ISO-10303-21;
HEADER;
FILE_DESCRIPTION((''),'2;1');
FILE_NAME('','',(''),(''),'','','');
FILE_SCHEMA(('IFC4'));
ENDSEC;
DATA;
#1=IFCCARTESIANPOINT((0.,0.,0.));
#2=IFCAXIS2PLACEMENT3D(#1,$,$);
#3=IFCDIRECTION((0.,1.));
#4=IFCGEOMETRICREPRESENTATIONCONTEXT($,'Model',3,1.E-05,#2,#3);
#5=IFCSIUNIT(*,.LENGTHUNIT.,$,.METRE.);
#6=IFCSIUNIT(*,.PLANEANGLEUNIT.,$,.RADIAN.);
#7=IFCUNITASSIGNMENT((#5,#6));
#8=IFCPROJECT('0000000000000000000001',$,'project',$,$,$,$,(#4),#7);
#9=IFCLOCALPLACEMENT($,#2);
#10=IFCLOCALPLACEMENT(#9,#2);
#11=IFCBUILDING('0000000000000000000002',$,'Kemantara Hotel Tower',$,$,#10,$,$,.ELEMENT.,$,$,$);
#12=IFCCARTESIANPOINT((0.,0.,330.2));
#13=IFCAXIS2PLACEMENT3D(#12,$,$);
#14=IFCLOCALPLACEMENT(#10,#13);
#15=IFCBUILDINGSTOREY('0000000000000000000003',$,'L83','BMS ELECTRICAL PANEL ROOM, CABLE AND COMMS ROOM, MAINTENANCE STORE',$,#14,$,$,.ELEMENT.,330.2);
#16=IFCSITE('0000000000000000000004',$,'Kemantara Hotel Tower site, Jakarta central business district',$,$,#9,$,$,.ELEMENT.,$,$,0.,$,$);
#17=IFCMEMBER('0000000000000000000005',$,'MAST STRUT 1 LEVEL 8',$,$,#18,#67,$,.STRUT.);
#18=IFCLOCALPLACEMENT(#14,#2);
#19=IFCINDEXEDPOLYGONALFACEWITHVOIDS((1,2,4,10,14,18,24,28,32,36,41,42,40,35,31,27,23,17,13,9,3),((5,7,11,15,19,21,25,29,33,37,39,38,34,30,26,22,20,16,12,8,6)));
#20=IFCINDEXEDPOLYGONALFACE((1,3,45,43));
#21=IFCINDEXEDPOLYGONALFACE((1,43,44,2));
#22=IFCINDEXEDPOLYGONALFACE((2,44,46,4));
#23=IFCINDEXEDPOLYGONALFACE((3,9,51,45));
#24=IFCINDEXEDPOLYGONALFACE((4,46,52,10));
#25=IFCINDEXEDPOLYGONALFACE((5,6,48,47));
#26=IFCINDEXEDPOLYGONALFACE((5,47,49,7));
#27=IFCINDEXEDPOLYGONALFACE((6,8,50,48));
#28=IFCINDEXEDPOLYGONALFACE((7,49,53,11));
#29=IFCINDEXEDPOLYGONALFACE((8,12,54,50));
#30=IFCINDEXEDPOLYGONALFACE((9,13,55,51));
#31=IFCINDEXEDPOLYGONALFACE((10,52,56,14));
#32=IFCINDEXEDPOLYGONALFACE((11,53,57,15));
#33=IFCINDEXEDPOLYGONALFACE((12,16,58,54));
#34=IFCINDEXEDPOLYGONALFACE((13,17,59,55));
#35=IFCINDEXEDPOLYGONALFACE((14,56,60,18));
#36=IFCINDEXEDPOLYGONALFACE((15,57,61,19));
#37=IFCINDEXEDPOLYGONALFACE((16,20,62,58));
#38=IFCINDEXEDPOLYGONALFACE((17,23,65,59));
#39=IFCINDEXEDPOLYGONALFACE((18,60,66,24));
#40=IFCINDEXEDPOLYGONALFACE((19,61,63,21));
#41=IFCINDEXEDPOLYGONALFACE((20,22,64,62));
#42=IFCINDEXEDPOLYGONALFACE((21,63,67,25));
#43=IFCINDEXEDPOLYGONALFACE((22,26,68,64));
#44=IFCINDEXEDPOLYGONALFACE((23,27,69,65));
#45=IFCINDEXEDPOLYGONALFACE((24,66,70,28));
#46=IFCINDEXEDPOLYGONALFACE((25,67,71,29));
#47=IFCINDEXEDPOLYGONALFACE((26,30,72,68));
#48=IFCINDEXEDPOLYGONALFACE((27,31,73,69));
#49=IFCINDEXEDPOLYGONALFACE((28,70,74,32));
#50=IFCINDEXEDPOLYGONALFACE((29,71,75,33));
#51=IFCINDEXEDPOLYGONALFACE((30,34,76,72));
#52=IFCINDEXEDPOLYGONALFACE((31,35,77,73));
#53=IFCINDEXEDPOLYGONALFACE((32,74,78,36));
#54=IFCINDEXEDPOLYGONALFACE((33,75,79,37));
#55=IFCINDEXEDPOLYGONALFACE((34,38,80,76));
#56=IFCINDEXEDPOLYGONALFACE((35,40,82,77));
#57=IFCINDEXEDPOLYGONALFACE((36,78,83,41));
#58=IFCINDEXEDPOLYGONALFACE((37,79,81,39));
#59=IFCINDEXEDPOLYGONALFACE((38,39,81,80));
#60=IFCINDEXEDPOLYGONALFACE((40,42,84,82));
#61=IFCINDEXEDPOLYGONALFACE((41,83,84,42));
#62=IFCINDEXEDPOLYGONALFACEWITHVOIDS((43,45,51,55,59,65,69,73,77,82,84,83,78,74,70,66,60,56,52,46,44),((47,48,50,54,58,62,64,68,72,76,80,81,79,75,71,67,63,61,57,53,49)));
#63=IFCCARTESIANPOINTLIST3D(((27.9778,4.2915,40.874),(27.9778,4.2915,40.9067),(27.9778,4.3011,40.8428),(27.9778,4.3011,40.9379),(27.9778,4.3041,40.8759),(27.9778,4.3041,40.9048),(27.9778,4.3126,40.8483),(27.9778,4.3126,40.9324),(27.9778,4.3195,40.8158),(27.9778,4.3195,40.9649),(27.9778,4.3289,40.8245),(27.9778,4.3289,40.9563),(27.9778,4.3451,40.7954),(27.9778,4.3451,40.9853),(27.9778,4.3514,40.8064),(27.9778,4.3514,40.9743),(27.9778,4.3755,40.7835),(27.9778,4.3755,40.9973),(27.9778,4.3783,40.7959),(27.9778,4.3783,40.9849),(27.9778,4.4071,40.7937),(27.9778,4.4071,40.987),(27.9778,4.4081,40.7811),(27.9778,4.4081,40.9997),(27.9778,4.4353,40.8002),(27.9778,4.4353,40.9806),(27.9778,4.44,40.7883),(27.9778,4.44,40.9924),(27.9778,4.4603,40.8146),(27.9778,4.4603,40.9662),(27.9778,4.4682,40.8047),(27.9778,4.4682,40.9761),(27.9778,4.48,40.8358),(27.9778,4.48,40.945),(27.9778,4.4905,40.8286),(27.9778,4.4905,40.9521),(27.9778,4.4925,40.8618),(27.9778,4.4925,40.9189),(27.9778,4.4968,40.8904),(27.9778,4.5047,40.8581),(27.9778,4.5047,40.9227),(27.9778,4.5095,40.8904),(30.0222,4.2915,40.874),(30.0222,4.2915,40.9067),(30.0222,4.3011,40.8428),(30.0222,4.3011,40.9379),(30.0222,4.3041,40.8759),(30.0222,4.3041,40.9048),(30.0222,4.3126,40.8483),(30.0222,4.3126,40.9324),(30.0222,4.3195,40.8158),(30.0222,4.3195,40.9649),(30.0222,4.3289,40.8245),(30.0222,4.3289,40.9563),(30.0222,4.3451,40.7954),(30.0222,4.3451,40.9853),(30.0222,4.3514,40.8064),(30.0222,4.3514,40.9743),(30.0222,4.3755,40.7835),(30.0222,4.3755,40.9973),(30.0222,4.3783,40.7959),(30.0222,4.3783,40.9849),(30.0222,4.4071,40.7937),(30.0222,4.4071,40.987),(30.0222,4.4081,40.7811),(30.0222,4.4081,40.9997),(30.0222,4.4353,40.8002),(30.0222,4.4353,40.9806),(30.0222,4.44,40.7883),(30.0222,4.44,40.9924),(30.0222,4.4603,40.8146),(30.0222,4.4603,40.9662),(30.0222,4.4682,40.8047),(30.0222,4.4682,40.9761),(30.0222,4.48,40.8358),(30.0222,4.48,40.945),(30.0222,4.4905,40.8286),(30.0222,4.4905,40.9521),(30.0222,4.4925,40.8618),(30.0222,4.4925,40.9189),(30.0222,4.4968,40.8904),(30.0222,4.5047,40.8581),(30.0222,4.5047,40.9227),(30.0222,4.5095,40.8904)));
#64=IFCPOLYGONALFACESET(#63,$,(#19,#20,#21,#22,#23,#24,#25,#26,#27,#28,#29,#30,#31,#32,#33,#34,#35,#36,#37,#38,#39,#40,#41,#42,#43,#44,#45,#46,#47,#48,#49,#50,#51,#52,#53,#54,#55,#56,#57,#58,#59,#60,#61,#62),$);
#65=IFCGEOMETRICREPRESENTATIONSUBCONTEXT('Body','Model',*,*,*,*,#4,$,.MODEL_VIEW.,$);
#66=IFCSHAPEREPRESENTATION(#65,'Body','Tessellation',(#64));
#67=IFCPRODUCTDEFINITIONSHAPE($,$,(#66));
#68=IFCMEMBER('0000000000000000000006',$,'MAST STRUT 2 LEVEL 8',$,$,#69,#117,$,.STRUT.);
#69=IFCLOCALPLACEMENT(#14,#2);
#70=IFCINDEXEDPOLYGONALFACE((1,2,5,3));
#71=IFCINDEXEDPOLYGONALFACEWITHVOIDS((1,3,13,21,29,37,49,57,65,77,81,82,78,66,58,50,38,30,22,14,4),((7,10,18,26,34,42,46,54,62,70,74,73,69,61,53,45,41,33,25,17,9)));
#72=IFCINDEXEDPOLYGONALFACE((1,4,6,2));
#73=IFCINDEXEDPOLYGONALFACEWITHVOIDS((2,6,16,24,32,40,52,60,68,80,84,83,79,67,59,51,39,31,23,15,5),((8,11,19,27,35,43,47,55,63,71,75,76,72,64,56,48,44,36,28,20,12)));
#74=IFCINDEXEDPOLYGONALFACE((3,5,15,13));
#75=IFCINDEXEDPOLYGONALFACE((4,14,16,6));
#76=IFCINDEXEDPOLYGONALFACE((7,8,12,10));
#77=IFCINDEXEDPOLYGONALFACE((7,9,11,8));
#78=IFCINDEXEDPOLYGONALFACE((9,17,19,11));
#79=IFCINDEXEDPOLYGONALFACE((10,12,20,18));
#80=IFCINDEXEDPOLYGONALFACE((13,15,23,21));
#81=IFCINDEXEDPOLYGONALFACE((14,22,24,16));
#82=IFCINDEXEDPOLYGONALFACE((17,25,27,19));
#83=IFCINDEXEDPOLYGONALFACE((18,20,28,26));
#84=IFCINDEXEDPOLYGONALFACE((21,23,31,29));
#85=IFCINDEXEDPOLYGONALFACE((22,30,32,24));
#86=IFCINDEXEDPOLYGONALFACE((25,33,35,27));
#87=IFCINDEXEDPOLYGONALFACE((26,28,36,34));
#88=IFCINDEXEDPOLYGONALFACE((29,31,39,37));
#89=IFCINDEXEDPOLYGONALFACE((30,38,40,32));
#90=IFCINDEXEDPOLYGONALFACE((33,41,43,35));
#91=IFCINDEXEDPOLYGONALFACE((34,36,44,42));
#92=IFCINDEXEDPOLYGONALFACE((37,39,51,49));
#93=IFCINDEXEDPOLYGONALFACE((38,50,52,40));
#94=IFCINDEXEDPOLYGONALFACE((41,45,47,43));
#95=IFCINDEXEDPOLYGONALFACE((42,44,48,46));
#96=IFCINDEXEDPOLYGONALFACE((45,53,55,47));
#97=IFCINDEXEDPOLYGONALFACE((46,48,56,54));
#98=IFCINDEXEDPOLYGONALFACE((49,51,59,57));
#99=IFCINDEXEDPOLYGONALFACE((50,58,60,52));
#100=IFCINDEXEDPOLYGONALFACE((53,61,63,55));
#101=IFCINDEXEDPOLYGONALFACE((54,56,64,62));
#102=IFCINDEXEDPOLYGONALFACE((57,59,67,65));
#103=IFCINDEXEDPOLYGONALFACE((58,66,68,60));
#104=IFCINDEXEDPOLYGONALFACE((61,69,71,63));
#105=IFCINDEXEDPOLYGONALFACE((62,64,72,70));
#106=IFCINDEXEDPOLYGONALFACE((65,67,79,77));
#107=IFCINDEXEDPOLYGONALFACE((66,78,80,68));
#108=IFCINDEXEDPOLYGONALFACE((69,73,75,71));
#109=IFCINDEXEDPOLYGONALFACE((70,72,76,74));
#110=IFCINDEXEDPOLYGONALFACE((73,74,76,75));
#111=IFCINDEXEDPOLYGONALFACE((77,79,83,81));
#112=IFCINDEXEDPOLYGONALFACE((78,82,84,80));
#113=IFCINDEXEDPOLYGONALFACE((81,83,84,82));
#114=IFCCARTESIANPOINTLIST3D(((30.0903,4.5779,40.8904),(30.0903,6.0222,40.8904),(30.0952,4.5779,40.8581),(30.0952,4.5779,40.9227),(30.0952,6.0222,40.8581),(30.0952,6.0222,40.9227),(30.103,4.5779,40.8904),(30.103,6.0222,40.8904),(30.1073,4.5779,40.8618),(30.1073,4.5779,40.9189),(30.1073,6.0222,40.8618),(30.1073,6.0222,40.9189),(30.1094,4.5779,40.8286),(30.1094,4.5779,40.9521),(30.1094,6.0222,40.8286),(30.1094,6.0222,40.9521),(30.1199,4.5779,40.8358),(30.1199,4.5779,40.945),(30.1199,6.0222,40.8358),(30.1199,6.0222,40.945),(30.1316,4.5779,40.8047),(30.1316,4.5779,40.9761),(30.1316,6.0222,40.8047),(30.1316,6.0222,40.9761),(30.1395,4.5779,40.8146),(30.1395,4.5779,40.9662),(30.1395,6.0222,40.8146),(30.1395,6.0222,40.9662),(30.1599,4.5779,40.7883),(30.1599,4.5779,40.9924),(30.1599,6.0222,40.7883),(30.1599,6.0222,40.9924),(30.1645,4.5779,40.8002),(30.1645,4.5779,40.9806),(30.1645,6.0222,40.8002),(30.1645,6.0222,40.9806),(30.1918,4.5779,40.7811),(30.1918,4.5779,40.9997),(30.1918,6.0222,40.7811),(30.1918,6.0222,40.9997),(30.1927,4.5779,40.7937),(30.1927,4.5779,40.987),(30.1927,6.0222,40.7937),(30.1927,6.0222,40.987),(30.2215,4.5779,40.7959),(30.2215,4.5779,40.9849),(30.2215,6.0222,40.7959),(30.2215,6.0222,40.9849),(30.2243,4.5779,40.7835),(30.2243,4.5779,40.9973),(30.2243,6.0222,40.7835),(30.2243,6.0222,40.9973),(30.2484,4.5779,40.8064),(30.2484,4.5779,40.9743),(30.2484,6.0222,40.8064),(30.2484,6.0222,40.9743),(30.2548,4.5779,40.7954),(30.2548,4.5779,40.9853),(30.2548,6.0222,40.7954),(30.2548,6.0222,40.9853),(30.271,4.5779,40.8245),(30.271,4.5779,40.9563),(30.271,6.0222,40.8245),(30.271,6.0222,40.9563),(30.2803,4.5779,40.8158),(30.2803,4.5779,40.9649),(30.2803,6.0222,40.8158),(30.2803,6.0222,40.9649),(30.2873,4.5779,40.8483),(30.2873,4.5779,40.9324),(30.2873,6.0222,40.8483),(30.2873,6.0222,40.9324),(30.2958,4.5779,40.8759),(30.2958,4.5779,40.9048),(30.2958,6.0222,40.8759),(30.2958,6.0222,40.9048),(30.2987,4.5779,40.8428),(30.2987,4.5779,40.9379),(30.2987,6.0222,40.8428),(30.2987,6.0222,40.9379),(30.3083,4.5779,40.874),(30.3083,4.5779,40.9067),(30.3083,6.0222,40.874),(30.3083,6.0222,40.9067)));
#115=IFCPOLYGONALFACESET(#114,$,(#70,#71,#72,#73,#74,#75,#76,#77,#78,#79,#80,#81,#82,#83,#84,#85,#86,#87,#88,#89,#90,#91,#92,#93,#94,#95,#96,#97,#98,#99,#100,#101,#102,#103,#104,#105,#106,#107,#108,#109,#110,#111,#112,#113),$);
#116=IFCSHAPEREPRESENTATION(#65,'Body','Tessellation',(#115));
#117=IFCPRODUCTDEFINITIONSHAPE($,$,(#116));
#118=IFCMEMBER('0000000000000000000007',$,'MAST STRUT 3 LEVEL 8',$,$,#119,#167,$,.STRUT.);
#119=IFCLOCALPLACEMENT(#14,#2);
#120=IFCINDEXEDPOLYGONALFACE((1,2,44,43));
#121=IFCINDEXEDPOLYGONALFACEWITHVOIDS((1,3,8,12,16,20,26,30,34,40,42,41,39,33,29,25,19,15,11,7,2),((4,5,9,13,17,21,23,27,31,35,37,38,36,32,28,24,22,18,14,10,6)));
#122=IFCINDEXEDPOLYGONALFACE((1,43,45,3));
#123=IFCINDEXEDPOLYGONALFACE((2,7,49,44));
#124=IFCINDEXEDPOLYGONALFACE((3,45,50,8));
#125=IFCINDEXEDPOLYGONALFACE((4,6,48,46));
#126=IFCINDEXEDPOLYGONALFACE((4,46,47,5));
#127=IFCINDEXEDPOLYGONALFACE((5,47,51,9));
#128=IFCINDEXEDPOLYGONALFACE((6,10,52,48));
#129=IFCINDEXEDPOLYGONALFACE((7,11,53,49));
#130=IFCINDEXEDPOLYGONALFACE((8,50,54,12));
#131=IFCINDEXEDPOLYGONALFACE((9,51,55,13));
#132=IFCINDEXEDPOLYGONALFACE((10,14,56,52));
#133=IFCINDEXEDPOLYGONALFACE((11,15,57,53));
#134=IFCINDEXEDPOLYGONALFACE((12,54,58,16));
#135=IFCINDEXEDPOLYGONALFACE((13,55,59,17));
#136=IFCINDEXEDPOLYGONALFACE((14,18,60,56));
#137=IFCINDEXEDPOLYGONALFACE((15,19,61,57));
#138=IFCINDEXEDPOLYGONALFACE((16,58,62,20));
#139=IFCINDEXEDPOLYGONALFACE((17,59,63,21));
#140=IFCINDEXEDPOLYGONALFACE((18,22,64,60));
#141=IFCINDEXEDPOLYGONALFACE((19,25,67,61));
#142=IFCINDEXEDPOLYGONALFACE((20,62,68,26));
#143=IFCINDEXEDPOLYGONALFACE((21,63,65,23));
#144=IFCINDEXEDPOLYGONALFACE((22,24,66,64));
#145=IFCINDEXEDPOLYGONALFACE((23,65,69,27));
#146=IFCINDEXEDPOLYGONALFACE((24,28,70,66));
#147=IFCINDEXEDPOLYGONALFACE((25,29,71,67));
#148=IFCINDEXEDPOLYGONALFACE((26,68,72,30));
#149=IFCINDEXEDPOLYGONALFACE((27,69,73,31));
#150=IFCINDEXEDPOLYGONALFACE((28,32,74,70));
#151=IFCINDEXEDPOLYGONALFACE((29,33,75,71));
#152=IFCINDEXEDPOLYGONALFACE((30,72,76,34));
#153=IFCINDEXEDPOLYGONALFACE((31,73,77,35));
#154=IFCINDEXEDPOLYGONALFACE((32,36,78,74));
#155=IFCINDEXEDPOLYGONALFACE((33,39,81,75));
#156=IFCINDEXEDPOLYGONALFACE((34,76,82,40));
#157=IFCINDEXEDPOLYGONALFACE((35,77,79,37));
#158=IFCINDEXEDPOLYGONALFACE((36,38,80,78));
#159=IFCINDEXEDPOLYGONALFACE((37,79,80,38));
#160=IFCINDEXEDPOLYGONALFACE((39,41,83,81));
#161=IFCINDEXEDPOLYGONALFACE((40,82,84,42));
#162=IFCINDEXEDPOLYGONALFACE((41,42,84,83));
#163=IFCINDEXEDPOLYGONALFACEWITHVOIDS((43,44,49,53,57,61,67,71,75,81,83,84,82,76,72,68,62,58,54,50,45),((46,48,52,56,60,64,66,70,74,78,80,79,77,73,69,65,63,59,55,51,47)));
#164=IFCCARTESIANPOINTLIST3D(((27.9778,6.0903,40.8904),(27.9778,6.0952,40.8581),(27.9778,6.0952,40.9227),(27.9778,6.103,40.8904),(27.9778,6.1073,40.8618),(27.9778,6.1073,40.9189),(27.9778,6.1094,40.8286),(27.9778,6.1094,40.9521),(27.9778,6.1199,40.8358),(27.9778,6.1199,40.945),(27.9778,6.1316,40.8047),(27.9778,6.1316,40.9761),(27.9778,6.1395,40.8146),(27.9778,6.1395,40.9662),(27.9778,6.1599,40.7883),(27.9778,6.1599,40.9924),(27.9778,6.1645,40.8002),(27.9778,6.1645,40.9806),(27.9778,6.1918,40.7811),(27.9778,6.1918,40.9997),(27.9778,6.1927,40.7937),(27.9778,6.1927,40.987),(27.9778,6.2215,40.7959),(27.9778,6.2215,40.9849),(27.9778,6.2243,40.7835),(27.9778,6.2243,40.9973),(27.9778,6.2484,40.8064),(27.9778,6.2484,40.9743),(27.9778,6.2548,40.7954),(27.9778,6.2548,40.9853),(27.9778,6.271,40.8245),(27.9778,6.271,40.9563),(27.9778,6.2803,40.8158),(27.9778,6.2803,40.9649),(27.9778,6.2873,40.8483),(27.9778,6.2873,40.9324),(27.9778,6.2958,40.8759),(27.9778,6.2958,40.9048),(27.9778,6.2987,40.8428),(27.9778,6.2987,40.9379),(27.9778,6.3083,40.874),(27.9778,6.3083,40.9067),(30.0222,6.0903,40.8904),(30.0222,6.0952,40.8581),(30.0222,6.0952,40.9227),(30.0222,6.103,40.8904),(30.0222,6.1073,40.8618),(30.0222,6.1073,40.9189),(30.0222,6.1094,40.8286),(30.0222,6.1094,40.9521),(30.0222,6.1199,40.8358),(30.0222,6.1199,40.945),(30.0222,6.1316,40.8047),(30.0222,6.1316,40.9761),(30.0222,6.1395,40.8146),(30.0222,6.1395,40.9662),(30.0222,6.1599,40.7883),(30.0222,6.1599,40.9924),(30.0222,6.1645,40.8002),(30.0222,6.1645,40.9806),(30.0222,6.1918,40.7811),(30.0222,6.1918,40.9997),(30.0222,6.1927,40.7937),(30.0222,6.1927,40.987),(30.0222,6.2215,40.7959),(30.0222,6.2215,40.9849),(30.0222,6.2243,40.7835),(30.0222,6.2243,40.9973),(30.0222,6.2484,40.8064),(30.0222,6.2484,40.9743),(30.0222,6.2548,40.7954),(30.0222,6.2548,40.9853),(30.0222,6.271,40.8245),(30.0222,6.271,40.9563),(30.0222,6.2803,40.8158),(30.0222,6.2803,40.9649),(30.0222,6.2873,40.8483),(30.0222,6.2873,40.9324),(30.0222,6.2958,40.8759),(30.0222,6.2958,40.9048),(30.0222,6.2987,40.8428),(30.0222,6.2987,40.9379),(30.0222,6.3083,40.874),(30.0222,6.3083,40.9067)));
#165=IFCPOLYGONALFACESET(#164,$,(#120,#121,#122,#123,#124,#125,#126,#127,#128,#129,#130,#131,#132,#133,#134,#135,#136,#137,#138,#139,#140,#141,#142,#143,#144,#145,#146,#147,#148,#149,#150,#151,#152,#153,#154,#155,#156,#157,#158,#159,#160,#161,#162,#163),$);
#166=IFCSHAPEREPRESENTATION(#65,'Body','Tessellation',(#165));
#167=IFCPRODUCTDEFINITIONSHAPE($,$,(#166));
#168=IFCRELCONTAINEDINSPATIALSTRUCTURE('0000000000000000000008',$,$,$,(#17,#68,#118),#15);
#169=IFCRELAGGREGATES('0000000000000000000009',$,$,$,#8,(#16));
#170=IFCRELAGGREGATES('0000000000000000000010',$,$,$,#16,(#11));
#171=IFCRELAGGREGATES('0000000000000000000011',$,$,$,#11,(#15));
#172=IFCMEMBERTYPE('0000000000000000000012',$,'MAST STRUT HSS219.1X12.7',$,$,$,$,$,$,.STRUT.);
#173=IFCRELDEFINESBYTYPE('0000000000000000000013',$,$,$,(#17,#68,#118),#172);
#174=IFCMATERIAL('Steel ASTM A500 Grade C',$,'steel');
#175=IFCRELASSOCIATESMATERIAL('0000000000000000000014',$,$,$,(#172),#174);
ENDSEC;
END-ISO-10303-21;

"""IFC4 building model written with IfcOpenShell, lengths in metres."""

from ifc_helpers import new_model, si_unit, direction, frame, origin, origin_2d, place, context, subcontext, project, spatial, hollow_circle, extrude, material, material_profile, profile_set, type_object, element, save


model = new_model("IFC4")

# Units and contexts
model_context = context("Model", 3, precision=1e-05, world=origin(), true_north=direction((0.0, 1.0)))
body_context = subcontext(model_context, "Body", "Model", "MODEL_VIEW")
ifc_project = project(units=[si_unit("LENGTHUNIT", "METRE"), si_unit("PLANEANGLEUNIT", "RADIAN")], contexts=[model_context])

# Site, building, storey
site_placement = place(None, origin())
site = spatial("IfcSite", under=ifc_project, at=site_placement, Name="Kemantara Hotel Tower site, Jakarta central business district", CompositionType="ELEMENT", RefElevation=0.0)
building_placement = place(site_placement, origin())
building = spatial("IfcBuilding", under=site, at=building_placement, Name="Kemantara Hotel Tower", CompositionType="ELEMENT")
storey_placement = place(building_placement, frame((0.0, 0.0, 330.2)))
storey = spatial("IfcBuildingStorey", under=building, at=storey_placement, Name="L83", Description="BMS ELECTRICAL PANEL ROOM, CABLE AND COMMS ROOM, MAINTENANCE STORE", CompositionType="ELEMENT", Elevation=330.2)

# Members
ifc_material = material(Name="Steel ASTM A500 Grade C", Category="steel")
ifc_material_profile_1 = material_profile(ifc_material, hollow_circle(Radius=0.1096, WallThickness=0.0127, at=origin_2d()), Name="HSS219.1X12.7")
ifc_profile_set_1 = profile_set([ifc_material_profile_1], Name="Steel ASTM A500 Grade C")
member_type_1 = type_object("IfcMemberType", Name="MAST STRUT HSS219.1X12.7", PredefinedType="STRUT", material=ifc_profile_set_1)
member_1_placement = place(storey_placement, frame((27.9778, 4.3999, 40.8904), z_axis=(1.0, 0.0, 0.0), x_axis=(0.0, 1.0, 0.0)))
element("IfcMember", 1, at=member_1_placement, inside=storey, type_object=member_type_1, Name="MAST STRUT 1 LEVEL 8", PredefinedType="STRUT", context=body_context, shape_type="SweptSolid", body=[
    extrude(hollow_circle(Radius=0.1096, WallThickness=0.0127, at=origin_2d()), origin(), (0.0, 0.0, 1.0), 2.0444),
])
member_2_placement = place(storey_placement, frame((30.2, 4.5779, 40.8904), z_axis=(0.0, 1.0, 0.0), x_axis=(-1.0, 0.0, 0.0)))
element("IfcMember", 2, at=member_2_placement, inside=storey, type_object=member_type_1, Name="MAST STRUT 2 LEVEL 8", PredefinedType="STRUT", context=body_context, shape_type="SweptSolid", body=[
    extrude(hollow_circle(Radius=0.1096, WallThickness=0.0127, at=origin_2d()), origin(), (0.0, 0.0, 1.0), 1.4443),
])
member_3_placement = place(storey_placement, frame((30.0222, 6.2, 40.8904), z_axis=(-1.0, 0.0, 0.0), x_axis=(0.0, -1.0, 0.0)))
element("IfcMember", 3, at=member_3_placement, inside=storey, type_object=member_type_1, Name="MAST STRUT 3 LEVEL 8", PredefinedType="STRUT", context=body_context, shape_type="SweptSolid", body=[
    extrude(hollow_circle(Radius=0.1096, WallThickness=0.0127, at=origin_2d()), origin(), (0.0, 0.0, 1.0), 2.0444),
])

save(model, "model.ifc")
